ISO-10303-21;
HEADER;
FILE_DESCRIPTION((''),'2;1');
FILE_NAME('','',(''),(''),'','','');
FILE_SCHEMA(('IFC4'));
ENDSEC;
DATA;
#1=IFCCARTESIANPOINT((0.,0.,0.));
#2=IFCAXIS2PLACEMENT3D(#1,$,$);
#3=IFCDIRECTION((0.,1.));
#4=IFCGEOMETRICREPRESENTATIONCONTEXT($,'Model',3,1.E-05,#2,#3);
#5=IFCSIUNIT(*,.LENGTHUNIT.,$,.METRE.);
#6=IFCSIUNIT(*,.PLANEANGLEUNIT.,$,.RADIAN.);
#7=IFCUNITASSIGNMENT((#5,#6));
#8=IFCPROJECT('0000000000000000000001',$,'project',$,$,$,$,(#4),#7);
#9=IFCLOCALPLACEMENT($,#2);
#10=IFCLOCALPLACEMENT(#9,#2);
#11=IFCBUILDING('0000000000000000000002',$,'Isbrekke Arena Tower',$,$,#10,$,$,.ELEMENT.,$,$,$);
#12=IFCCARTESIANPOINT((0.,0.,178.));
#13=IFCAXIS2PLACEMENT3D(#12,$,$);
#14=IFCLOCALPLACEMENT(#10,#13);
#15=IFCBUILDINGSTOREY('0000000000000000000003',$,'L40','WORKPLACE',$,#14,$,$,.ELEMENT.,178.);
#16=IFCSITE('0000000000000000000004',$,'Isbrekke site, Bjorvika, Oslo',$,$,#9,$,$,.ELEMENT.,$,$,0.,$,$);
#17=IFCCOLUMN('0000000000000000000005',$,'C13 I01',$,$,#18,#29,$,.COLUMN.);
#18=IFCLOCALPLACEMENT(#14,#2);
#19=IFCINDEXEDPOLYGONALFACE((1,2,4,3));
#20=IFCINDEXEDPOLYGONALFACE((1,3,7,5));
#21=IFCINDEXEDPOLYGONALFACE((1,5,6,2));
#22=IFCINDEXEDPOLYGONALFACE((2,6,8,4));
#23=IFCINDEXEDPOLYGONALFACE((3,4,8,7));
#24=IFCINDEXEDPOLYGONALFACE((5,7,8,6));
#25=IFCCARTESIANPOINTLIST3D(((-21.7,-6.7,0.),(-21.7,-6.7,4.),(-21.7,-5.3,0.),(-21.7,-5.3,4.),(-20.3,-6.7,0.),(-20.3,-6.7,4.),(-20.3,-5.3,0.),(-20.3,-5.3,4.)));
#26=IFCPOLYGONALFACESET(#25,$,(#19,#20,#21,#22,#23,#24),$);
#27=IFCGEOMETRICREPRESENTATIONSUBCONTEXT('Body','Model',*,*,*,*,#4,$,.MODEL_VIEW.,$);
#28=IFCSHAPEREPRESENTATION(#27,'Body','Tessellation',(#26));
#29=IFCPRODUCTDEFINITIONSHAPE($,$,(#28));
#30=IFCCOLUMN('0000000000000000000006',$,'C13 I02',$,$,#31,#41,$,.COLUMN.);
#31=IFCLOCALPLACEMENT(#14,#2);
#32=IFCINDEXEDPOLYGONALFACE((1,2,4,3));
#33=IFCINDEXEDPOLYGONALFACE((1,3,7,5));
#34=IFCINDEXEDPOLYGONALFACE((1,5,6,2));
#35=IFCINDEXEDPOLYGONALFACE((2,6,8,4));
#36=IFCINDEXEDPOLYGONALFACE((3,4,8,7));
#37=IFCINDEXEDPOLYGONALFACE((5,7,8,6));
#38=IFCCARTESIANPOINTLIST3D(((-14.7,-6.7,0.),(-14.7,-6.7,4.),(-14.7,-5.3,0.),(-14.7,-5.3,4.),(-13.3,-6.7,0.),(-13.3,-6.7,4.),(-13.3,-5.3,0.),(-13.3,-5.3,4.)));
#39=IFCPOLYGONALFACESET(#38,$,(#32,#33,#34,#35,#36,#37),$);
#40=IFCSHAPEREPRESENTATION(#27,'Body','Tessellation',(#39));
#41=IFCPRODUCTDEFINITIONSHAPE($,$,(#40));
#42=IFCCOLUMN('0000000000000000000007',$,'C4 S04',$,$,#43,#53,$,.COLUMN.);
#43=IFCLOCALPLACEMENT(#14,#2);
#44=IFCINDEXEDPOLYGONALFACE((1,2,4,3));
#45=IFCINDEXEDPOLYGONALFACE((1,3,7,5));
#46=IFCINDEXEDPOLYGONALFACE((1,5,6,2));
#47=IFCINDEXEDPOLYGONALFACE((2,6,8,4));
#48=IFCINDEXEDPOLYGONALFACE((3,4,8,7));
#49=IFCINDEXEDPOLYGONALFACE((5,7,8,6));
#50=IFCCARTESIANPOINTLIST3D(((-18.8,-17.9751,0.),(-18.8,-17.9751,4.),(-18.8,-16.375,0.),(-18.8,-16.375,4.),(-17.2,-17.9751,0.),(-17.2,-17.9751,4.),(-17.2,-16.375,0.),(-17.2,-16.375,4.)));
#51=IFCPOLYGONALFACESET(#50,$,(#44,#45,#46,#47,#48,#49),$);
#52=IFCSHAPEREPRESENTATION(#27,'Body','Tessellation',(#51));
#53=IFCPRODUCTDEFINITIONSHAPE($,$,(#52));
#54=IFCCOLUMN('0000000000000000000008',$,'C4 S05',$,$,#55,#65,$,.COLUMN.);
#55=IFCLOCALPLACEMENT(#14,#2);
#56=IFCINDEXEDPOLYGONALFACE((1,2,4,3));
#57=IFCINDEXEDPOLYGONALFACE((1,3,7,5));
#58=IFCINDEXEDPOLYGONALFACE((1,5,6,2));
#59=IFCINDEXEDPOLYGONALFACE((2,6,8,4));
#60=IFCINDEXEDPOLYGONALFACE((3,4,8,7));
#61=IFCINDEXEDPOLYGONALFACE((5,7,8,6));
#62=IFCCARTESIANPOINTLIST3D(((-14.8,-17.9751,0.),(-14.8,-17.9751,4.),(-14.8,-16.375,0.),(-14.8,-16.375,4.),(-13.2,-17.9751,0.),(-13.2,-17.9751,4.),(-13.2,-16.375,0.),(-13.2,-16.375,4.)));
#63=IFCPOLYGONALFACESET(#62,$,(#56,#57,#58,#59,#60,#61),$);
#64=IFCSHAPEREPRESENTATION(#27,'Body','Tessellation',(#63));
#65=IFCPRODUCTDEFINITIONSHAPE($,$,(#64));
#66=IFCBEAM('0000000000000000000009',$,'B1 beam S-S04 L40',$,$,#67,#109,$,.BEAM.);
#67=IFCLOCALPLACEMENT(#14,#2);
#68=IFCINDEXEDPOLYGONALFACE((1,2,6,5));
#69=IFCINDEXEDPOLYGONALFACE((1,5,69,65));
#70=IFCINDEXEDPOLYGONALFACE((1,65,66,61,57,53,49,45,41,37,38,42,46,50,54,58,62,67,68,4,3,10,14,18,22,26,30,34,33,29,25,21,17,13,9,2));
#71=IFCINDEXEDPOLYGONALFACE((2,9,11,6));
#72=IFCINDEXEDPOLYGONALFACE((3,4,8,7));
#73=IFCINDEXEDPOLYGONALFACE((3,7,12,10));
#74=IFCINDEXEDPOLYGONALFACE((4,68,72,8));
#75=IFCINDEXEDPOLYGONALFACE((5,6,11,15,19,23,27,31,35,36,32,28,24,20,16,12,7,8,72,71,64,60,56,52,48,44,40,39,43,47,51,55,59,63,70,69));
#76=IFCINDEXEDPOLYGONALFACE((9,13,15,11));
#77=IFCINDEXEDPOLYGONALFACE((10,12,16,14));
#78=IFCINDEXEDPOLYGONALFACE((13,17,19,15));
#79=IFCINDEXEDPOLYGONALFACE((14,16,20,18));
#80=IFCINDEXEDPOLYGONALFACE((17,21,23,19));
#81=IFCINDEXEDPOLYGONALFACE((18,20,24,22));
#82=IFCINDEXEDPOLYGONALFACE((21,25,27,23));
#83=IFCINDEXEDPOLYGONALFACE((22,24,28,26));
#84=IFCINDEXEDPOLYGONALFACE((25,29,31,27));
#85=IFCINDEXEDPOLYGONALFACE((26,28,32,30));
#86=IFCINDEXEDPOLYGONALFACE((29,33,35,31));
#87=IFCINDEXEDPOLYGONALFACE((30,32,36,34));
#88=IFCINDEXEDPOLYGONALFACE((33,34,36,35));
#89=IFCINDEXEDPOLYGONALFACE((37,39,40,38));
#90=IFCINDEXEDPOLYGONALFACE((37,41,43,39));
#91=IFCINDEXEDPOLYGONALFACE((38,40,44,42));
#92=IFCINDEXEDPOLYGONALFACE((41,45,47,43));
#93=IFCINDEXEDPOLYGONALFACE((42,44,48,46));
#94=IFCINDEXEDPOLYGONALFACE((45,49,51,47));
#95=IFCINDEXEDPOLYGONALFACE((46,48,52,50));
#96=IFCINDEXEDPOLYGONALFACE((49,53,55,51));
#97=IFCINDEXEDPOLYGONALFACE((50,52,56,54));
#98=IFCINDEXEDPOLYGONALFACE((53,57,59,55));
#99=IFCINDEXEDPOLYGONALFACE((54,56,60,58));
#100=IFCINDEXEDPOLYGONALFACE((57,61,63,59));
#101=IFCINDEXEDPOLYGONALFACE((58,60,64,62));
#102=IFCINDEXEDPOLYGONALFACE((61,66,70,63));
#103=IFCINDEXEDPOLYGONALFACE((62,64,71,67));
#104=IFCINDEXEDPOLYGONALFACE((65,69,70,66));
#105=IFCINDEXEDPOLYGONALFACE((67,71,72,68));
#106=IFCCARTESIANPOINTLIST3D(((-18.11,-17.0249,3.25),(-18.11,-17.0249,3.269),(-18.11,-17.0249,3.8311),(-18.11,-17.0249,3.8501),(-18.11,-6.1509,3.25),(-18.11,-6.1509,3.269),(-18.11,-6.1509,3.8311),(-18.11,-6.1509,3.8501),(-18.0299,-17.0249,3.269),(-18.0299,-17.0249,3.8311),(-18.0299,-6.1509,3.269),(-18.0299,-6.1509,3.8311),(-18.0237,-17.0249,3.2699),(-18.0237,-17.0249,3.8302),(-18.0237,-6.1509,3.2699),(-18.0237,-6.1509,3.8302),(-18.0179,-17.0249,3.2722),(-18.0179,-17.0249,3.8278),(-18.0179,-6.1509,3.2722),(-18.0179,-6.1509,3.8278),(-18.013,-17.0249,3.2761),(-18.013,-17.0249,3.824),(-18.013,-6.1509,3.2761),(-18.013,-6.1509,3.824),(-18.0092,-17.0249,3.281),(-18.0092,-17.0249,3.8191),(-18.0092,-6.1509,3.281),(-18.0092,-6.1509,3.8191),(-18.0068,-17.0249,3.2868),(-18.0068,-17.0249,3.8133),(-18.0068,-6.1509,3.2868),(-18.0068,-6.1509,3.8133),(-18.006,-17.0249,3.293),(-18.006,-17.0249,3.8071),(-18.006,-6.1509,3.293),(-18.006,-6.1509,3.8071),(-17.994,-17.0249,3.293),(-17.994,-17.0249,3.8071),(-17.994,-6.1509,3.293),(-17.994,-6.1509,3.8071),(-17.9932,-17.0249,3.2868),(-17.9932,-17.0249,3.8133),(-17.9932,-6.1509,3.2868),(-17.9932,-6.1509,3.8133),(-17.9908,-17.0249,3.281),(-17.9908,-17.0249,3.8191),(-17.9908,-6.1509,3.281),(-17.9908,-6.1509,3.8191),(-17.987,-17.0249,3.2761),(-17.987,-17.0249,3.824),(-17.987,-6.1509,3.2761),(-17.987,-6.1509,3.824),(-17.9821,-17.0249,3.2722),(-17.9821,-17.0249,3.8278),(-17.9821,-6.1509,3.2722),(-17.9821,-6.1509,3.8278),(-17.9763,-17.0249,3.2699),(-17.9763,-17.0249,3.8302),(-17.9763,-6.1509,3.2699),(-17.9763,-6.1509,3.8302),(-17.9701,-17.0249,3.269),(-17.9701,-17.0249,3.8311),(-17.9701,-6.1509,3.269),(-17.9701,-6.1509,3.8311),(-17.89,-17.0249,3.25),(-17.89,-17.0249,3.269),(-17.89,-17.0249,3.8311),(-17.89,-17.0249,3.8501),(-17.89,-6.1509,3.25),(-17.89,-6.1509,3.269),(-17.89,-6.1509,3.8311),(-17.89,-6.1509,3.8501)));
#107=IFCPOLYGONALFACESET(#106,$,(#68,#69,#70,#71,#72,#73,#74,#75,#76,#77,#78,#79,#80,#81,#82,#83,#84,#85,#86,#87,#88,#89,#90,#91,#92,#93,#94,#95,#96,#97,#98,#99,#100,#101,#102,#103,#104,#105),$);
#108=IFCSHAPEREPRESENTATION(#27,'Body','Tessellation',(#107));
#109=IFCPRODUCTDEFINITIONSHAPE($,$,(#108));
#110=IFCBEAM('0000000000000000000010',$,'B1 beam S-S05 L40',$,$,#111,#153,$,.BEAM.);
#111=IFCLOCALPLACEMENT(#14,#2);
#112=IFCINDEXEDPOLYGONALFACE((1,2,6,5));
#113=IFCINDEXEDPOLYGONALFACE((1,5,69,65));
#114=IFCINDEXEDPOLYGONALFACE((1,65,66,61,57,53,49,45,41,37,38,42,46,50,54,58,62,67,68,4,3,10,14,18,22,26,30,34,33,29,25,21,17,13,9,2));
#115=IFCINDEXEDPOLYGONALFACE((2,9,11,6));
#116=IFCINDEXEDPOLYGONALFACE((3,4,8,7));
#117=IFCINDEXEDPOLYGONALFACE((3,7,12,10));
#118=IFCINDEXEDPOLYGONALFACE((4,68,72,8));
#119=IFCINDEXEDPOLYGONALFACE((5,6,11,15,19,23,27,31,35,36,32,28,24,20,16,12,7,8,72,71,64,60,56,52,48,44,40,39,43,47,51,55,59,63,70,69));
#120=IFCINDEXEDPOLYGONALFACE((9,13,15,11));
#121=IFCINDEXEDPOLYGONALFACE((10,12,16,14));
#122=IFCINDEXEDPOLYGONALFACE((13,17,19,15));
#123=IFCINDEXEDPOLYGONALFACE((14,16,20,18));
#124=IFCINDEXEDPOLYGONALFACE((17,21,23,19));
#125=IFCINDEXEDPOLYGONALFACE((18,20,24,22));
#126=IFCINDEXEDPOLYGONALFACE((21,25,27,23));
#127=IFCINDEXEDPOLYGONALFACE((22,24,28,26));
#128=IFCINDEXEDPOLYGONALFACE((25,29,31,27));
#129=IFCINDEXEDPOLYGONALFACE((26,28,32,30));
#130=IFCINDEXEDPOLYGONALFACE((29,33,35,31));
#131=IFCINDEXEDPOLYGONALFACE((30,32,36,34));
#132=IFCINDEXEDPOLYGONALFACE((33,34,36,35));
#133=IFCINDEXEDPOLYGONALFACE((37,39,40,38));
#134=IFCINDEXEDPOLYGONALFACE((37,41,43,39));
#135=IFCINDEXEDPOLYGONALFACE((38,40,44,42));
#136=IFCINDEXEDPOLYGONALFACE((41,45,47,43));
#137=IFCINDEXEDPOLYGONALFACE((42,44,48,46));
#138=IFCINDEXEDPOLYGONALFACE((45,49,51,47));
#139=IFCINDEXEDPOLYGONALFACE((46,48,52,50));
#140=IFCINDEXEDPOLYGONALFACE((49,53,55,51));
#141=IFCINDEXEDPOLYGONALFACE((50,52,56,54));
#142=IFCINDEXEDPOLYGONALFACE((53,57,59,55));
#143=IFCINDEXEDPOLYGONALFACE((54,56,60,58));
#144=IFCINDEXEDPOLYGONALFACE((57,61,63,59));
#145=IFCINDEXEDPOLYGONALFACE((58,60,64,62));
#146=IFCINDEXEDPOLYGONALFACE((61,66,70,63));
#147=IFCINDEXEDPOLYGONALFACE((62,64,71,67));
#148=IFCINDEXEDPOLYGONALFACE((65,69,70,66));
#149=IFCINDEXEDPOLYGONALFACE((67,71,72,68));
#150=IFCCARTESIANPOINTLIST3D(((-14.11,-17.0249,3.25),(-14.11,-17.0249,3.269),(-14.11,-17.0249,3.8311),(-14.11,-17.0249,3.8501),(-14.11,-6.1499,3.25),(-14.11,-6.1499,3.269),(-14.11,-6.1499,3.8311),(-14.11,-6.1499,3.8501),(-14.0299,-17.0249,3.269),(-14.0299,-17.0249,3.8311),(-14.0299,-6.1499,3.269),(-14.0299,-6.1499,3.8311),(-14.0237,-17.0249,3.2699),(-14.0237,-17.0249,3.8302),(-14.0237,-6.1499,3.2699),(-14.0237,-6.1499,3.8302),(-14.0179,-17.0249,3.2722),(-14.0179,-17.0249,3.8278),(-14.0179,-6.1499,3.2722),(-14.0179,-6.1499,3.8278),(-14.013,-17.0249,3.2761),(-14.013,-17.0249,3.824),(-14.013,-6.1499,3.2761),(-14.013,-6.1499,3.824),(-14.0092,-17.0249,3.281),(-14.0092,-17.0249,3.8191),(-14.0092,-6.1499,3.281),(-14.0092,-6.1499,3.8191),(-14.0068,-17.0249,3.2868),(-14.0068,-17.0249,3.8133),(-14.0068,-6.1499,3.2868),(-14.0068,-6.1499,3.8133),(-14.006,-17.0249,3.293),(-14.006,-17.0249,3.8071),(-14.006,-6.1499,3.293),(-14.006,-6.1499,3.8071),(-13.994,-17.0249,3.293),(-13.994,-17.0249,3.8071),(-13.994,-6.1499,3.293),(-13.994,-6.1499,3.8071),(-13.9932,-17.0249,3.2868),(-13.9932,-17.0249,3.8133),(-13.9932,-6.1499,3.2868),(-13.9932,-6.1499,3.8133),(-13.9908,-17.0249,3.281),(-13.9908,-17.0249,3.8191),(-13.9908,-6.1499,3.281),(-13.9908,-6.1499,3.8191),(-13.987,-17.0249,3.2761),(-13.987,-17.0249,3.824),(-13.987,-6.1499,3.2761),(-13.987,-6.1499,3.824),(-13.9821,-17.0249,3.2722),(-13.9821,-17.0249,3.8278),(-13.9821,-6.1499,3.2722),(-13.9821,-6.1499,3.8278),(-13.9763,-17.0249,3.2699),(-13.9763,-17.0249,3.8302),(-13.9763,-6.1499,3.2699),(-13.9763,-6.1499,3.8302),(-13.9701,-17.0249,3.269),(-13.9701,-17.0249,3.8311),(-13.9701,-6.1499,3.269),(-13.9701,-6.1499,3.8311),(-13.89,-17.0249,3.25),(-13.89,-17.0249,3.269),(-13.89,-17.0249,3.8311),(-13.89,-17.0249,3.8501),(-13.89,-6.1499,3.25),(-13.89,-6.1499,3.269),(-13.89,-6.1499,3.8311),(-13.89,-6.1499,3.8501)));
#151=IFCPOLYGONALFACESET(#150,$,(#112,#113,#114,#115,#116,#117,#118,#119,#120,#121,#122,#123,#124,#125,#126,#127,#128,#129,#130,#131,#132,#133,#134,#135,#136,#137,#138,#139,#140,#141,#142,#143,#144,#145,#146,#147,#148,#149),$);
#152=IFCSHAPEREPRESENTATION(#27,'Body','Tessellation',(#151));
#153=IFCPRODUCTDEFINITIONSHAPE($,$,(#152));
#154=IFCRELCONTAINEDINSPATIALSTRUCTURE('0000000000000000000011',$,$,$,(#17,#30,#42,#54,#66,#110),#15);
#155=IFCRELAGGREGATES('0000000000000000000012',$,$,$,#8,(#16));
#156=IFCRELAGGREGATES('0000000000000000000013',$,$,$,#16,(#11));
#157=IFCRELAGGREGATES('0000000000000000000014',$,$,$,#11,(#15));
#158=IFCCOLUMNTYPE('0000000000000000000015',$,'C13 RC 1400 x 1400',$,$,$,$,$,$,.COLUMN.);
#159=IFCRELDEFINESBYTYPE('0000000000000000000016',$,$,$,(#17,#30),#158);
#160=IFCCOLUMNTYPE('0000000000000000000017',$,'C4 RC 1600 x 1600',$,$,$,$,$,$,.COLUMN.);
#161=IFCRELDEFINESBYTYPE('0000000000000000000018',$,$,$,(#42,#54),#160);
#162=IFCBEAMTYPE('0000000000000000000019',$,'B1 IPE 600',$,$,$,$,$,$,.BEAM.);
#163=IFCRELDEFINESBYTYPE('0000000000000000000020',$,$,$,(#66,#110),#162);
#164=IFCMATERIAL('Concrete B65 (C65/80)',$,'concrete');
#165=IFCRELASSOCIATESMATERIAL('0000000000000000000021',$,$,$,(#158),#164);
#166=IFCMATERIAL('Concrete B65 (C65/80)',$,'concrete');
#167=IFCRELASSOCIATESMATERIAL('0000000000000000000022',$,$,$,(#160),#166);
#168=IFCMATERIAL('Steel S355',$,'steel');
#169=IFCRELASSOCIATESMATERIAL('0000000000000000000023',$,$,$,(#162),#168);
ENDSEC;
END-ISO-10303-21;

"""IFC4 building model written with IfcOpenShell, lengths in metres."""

from ifc_helpers import new_model, si_unit, direction, frame, origin, origin_2d, place, context, subcontext, project, spatial, rectangle, i_section, extrude, material, material_profile, profile_set, type_object, element, save


model = new_model("IFC4")

# Units and contexts
model_context = context("Model", 3, precision=1e-05, world=origin(), true_north=direction((0.0, 1.0)))
body_context = subcontext(model_context, "Body", "Model", "MODEL_VIEW")
ifc_project = project(units=[si_unit("LENGTHUNIT", "METRE"), si_unit("PLANEANGLEUNIT", "RADIAN")], contexts=[model_context])

# Site, building, storey
site_placement = place(None, origin())
site = spatial("IfcSite", under=ifc_project, at=site_placement, Name="Isbrekke site, Bjorvika, Oslo", CompositionType="ELEMENT", RefElevation=0.0)
building_placement = place(site_placement, origin())
building = spatial("IfcBuilding", under=site, at=building_placement, Name="Isbrekke Arena Tower", CompositionType="ELEMENT")
storey_placement = place(building_placement, frame((0.0, 0.0, 178.0)))
storey = spatial("IfcBuildingStorey", under=building, at=storey_placement, Name="L40", Description="WORKPLACE", CompositionType="ELEMENT", Elevation=178.0)

# Columns
ifc_material_1 = material(Name="Concrete B65 (C65/80)", Category="concrete")
ifc_material_profile_1 = material_profile(ifc_material_1, rectangle(XDim=1.3999, YDim=1.3999, at=origin_2d()), Name="RC 1400x1400")
ifc_profile_set_1 = profile_set([ifc_material_profile_1], Name="Concrete B65 (C65/80)")
column_type_1 = type_object("IfcColumnType", Name="C13 RC 1400 x 1400", PredefinedType="COLUMN", material=ifc_profile_set_1)
for number, where, z_axis, x_axis, name in (
    (1, (-21.0, -6.0, 0.0), (0.0, 0.0, 1.0), (1.0, 0.0, 0.0), "C13 I01"),
    (2, (-14.0, -6.0, 0.0), (0.0, 0.0, 1.0), (1.0, 0.0, 0.0), "C13 I02"),
):
    element("IfcColumn", number, at=place(storey_placement, frame(where, z_axis=z_axis, x_axis=x_axis)), inside=storey, type_object=column_type_1, Name=name, PredefinedType="COLUMN", context=body_context, shape_type="SweptSolid", body=[
        extrude(rectangle(XDim=1.3999, YDim=1.3999, at=origin_2d()), origin(), (0.0, 0.0, 1.0), 4.0),
    ])
ifc_material_2 = material(Name="Concrete B65 (C65/80)", Category="concrete")
ifc_material_profile_2 = material_profile(ifc_material_2, rectangle(XDim=1.6001, YDim=1.6001, at=origin_2d()), Name="RC 1600x1600")
ifc_profile_set_2 = profile_set([ifc_material_profile_2], Name="Concrete B65 (C65/80)")
column_type_2 = type_object("IfcColumnType", Name="C4 RC 1600 x 1600", PredefinedType="COLUMN", material=ifc_profile_set_2)
for number, where, z_axis, x_axis, name in (
    (3, (-18.0, -17.175, 0.0), (0.0, 0.0, 1.0), (1.0, 0.0, 0.0), "C4 S04"),
    (4, (-14.0, -17.175, 0.0), (0.0, 0.0, 1.0), (1.0, 0.0, 0.0), "C4 S05"),
):
    element("IfcColumn", number, at=place(storey_placement, frame(where, z_axis=z_axis, x_axis=x_axis)), inside=storey, type_object=column_type_2, Name=name, PredefinedType="COLUMN", context=body_context, shape_type="SweptSolid", body=[
        extrude(rectangle(XDim=1.6001, YDim=1.6001, at=origin_2d()), origin(), (0.0, 0.0, 1.0), 4.0),
    ])

# Beams
ifc_material_3 = material(Name="Steel S355", Category="steel")
ifc_material_profile_3 = material_profile(ifc_material_3, i_section(OverallWidth=0.22, OverallDepth=0.6001, WebThickness=0.012, FlangeThickness=0.019, FilletRadius=0.0239, at=origin_2d()), Name="IPE 600")
ifc_profile_set_3 = profile_set([ifc_material_profile_3], Name="Steel S355")
beam_type_1 = type_object("IfcBeamType", Name="B1 IPE 600", PredefinedType="BEAM", material=ifc_profile_set_3)
beam_1_placement = place(storey_placement, frame((-18.0, -17.0249, 3.55), z_axis=(0.0, 1.0, 0.0), x_axis=(-1.0, 0.0, 0.0)))
element("IfcBeam", 5, at=beam_1_placement, inside=storey, type_object=beam_type_1, Name="B1 beam S-S04 L40", PredefinedType="BEAM", context=body_context, shape_type="SweptSolid", body=[
    extrude(i_section(OverallWidth=0.22, OverallDepth=0.6001, WebThickness=0.012, FlangeThickness=0.019, FilletRadius=0.0239, at=origin_2d()), origin(), (0.0, 0.0, 1.0), 10.874),
])
beam_2_placement = place(storey_placement, frame((-14.0, -17.0249, 3.55), z_axis=(0.0, 1.0, 0.0), x_axis=(-1.0, 0.0, 0.0)))
element("IfcBeam", 6, at=beam_2_placement, inside=storey, type_object=beam_type_1, Name="B1 beam S-S05 L40", PredefinedType="BEAM", context=body_context, shape_type="SweptSolid", body=[
    extrude(i_section(OverallWidth=0.22, OverallDepth=0.6001, WebThickness=0.012, FlangeThickness=0.019, FilletRadius=0.0239, at=origin_2d()), origin(), (0.0, 0.0, 1.0), 10.875),
])

save(model, "model.ifc")
